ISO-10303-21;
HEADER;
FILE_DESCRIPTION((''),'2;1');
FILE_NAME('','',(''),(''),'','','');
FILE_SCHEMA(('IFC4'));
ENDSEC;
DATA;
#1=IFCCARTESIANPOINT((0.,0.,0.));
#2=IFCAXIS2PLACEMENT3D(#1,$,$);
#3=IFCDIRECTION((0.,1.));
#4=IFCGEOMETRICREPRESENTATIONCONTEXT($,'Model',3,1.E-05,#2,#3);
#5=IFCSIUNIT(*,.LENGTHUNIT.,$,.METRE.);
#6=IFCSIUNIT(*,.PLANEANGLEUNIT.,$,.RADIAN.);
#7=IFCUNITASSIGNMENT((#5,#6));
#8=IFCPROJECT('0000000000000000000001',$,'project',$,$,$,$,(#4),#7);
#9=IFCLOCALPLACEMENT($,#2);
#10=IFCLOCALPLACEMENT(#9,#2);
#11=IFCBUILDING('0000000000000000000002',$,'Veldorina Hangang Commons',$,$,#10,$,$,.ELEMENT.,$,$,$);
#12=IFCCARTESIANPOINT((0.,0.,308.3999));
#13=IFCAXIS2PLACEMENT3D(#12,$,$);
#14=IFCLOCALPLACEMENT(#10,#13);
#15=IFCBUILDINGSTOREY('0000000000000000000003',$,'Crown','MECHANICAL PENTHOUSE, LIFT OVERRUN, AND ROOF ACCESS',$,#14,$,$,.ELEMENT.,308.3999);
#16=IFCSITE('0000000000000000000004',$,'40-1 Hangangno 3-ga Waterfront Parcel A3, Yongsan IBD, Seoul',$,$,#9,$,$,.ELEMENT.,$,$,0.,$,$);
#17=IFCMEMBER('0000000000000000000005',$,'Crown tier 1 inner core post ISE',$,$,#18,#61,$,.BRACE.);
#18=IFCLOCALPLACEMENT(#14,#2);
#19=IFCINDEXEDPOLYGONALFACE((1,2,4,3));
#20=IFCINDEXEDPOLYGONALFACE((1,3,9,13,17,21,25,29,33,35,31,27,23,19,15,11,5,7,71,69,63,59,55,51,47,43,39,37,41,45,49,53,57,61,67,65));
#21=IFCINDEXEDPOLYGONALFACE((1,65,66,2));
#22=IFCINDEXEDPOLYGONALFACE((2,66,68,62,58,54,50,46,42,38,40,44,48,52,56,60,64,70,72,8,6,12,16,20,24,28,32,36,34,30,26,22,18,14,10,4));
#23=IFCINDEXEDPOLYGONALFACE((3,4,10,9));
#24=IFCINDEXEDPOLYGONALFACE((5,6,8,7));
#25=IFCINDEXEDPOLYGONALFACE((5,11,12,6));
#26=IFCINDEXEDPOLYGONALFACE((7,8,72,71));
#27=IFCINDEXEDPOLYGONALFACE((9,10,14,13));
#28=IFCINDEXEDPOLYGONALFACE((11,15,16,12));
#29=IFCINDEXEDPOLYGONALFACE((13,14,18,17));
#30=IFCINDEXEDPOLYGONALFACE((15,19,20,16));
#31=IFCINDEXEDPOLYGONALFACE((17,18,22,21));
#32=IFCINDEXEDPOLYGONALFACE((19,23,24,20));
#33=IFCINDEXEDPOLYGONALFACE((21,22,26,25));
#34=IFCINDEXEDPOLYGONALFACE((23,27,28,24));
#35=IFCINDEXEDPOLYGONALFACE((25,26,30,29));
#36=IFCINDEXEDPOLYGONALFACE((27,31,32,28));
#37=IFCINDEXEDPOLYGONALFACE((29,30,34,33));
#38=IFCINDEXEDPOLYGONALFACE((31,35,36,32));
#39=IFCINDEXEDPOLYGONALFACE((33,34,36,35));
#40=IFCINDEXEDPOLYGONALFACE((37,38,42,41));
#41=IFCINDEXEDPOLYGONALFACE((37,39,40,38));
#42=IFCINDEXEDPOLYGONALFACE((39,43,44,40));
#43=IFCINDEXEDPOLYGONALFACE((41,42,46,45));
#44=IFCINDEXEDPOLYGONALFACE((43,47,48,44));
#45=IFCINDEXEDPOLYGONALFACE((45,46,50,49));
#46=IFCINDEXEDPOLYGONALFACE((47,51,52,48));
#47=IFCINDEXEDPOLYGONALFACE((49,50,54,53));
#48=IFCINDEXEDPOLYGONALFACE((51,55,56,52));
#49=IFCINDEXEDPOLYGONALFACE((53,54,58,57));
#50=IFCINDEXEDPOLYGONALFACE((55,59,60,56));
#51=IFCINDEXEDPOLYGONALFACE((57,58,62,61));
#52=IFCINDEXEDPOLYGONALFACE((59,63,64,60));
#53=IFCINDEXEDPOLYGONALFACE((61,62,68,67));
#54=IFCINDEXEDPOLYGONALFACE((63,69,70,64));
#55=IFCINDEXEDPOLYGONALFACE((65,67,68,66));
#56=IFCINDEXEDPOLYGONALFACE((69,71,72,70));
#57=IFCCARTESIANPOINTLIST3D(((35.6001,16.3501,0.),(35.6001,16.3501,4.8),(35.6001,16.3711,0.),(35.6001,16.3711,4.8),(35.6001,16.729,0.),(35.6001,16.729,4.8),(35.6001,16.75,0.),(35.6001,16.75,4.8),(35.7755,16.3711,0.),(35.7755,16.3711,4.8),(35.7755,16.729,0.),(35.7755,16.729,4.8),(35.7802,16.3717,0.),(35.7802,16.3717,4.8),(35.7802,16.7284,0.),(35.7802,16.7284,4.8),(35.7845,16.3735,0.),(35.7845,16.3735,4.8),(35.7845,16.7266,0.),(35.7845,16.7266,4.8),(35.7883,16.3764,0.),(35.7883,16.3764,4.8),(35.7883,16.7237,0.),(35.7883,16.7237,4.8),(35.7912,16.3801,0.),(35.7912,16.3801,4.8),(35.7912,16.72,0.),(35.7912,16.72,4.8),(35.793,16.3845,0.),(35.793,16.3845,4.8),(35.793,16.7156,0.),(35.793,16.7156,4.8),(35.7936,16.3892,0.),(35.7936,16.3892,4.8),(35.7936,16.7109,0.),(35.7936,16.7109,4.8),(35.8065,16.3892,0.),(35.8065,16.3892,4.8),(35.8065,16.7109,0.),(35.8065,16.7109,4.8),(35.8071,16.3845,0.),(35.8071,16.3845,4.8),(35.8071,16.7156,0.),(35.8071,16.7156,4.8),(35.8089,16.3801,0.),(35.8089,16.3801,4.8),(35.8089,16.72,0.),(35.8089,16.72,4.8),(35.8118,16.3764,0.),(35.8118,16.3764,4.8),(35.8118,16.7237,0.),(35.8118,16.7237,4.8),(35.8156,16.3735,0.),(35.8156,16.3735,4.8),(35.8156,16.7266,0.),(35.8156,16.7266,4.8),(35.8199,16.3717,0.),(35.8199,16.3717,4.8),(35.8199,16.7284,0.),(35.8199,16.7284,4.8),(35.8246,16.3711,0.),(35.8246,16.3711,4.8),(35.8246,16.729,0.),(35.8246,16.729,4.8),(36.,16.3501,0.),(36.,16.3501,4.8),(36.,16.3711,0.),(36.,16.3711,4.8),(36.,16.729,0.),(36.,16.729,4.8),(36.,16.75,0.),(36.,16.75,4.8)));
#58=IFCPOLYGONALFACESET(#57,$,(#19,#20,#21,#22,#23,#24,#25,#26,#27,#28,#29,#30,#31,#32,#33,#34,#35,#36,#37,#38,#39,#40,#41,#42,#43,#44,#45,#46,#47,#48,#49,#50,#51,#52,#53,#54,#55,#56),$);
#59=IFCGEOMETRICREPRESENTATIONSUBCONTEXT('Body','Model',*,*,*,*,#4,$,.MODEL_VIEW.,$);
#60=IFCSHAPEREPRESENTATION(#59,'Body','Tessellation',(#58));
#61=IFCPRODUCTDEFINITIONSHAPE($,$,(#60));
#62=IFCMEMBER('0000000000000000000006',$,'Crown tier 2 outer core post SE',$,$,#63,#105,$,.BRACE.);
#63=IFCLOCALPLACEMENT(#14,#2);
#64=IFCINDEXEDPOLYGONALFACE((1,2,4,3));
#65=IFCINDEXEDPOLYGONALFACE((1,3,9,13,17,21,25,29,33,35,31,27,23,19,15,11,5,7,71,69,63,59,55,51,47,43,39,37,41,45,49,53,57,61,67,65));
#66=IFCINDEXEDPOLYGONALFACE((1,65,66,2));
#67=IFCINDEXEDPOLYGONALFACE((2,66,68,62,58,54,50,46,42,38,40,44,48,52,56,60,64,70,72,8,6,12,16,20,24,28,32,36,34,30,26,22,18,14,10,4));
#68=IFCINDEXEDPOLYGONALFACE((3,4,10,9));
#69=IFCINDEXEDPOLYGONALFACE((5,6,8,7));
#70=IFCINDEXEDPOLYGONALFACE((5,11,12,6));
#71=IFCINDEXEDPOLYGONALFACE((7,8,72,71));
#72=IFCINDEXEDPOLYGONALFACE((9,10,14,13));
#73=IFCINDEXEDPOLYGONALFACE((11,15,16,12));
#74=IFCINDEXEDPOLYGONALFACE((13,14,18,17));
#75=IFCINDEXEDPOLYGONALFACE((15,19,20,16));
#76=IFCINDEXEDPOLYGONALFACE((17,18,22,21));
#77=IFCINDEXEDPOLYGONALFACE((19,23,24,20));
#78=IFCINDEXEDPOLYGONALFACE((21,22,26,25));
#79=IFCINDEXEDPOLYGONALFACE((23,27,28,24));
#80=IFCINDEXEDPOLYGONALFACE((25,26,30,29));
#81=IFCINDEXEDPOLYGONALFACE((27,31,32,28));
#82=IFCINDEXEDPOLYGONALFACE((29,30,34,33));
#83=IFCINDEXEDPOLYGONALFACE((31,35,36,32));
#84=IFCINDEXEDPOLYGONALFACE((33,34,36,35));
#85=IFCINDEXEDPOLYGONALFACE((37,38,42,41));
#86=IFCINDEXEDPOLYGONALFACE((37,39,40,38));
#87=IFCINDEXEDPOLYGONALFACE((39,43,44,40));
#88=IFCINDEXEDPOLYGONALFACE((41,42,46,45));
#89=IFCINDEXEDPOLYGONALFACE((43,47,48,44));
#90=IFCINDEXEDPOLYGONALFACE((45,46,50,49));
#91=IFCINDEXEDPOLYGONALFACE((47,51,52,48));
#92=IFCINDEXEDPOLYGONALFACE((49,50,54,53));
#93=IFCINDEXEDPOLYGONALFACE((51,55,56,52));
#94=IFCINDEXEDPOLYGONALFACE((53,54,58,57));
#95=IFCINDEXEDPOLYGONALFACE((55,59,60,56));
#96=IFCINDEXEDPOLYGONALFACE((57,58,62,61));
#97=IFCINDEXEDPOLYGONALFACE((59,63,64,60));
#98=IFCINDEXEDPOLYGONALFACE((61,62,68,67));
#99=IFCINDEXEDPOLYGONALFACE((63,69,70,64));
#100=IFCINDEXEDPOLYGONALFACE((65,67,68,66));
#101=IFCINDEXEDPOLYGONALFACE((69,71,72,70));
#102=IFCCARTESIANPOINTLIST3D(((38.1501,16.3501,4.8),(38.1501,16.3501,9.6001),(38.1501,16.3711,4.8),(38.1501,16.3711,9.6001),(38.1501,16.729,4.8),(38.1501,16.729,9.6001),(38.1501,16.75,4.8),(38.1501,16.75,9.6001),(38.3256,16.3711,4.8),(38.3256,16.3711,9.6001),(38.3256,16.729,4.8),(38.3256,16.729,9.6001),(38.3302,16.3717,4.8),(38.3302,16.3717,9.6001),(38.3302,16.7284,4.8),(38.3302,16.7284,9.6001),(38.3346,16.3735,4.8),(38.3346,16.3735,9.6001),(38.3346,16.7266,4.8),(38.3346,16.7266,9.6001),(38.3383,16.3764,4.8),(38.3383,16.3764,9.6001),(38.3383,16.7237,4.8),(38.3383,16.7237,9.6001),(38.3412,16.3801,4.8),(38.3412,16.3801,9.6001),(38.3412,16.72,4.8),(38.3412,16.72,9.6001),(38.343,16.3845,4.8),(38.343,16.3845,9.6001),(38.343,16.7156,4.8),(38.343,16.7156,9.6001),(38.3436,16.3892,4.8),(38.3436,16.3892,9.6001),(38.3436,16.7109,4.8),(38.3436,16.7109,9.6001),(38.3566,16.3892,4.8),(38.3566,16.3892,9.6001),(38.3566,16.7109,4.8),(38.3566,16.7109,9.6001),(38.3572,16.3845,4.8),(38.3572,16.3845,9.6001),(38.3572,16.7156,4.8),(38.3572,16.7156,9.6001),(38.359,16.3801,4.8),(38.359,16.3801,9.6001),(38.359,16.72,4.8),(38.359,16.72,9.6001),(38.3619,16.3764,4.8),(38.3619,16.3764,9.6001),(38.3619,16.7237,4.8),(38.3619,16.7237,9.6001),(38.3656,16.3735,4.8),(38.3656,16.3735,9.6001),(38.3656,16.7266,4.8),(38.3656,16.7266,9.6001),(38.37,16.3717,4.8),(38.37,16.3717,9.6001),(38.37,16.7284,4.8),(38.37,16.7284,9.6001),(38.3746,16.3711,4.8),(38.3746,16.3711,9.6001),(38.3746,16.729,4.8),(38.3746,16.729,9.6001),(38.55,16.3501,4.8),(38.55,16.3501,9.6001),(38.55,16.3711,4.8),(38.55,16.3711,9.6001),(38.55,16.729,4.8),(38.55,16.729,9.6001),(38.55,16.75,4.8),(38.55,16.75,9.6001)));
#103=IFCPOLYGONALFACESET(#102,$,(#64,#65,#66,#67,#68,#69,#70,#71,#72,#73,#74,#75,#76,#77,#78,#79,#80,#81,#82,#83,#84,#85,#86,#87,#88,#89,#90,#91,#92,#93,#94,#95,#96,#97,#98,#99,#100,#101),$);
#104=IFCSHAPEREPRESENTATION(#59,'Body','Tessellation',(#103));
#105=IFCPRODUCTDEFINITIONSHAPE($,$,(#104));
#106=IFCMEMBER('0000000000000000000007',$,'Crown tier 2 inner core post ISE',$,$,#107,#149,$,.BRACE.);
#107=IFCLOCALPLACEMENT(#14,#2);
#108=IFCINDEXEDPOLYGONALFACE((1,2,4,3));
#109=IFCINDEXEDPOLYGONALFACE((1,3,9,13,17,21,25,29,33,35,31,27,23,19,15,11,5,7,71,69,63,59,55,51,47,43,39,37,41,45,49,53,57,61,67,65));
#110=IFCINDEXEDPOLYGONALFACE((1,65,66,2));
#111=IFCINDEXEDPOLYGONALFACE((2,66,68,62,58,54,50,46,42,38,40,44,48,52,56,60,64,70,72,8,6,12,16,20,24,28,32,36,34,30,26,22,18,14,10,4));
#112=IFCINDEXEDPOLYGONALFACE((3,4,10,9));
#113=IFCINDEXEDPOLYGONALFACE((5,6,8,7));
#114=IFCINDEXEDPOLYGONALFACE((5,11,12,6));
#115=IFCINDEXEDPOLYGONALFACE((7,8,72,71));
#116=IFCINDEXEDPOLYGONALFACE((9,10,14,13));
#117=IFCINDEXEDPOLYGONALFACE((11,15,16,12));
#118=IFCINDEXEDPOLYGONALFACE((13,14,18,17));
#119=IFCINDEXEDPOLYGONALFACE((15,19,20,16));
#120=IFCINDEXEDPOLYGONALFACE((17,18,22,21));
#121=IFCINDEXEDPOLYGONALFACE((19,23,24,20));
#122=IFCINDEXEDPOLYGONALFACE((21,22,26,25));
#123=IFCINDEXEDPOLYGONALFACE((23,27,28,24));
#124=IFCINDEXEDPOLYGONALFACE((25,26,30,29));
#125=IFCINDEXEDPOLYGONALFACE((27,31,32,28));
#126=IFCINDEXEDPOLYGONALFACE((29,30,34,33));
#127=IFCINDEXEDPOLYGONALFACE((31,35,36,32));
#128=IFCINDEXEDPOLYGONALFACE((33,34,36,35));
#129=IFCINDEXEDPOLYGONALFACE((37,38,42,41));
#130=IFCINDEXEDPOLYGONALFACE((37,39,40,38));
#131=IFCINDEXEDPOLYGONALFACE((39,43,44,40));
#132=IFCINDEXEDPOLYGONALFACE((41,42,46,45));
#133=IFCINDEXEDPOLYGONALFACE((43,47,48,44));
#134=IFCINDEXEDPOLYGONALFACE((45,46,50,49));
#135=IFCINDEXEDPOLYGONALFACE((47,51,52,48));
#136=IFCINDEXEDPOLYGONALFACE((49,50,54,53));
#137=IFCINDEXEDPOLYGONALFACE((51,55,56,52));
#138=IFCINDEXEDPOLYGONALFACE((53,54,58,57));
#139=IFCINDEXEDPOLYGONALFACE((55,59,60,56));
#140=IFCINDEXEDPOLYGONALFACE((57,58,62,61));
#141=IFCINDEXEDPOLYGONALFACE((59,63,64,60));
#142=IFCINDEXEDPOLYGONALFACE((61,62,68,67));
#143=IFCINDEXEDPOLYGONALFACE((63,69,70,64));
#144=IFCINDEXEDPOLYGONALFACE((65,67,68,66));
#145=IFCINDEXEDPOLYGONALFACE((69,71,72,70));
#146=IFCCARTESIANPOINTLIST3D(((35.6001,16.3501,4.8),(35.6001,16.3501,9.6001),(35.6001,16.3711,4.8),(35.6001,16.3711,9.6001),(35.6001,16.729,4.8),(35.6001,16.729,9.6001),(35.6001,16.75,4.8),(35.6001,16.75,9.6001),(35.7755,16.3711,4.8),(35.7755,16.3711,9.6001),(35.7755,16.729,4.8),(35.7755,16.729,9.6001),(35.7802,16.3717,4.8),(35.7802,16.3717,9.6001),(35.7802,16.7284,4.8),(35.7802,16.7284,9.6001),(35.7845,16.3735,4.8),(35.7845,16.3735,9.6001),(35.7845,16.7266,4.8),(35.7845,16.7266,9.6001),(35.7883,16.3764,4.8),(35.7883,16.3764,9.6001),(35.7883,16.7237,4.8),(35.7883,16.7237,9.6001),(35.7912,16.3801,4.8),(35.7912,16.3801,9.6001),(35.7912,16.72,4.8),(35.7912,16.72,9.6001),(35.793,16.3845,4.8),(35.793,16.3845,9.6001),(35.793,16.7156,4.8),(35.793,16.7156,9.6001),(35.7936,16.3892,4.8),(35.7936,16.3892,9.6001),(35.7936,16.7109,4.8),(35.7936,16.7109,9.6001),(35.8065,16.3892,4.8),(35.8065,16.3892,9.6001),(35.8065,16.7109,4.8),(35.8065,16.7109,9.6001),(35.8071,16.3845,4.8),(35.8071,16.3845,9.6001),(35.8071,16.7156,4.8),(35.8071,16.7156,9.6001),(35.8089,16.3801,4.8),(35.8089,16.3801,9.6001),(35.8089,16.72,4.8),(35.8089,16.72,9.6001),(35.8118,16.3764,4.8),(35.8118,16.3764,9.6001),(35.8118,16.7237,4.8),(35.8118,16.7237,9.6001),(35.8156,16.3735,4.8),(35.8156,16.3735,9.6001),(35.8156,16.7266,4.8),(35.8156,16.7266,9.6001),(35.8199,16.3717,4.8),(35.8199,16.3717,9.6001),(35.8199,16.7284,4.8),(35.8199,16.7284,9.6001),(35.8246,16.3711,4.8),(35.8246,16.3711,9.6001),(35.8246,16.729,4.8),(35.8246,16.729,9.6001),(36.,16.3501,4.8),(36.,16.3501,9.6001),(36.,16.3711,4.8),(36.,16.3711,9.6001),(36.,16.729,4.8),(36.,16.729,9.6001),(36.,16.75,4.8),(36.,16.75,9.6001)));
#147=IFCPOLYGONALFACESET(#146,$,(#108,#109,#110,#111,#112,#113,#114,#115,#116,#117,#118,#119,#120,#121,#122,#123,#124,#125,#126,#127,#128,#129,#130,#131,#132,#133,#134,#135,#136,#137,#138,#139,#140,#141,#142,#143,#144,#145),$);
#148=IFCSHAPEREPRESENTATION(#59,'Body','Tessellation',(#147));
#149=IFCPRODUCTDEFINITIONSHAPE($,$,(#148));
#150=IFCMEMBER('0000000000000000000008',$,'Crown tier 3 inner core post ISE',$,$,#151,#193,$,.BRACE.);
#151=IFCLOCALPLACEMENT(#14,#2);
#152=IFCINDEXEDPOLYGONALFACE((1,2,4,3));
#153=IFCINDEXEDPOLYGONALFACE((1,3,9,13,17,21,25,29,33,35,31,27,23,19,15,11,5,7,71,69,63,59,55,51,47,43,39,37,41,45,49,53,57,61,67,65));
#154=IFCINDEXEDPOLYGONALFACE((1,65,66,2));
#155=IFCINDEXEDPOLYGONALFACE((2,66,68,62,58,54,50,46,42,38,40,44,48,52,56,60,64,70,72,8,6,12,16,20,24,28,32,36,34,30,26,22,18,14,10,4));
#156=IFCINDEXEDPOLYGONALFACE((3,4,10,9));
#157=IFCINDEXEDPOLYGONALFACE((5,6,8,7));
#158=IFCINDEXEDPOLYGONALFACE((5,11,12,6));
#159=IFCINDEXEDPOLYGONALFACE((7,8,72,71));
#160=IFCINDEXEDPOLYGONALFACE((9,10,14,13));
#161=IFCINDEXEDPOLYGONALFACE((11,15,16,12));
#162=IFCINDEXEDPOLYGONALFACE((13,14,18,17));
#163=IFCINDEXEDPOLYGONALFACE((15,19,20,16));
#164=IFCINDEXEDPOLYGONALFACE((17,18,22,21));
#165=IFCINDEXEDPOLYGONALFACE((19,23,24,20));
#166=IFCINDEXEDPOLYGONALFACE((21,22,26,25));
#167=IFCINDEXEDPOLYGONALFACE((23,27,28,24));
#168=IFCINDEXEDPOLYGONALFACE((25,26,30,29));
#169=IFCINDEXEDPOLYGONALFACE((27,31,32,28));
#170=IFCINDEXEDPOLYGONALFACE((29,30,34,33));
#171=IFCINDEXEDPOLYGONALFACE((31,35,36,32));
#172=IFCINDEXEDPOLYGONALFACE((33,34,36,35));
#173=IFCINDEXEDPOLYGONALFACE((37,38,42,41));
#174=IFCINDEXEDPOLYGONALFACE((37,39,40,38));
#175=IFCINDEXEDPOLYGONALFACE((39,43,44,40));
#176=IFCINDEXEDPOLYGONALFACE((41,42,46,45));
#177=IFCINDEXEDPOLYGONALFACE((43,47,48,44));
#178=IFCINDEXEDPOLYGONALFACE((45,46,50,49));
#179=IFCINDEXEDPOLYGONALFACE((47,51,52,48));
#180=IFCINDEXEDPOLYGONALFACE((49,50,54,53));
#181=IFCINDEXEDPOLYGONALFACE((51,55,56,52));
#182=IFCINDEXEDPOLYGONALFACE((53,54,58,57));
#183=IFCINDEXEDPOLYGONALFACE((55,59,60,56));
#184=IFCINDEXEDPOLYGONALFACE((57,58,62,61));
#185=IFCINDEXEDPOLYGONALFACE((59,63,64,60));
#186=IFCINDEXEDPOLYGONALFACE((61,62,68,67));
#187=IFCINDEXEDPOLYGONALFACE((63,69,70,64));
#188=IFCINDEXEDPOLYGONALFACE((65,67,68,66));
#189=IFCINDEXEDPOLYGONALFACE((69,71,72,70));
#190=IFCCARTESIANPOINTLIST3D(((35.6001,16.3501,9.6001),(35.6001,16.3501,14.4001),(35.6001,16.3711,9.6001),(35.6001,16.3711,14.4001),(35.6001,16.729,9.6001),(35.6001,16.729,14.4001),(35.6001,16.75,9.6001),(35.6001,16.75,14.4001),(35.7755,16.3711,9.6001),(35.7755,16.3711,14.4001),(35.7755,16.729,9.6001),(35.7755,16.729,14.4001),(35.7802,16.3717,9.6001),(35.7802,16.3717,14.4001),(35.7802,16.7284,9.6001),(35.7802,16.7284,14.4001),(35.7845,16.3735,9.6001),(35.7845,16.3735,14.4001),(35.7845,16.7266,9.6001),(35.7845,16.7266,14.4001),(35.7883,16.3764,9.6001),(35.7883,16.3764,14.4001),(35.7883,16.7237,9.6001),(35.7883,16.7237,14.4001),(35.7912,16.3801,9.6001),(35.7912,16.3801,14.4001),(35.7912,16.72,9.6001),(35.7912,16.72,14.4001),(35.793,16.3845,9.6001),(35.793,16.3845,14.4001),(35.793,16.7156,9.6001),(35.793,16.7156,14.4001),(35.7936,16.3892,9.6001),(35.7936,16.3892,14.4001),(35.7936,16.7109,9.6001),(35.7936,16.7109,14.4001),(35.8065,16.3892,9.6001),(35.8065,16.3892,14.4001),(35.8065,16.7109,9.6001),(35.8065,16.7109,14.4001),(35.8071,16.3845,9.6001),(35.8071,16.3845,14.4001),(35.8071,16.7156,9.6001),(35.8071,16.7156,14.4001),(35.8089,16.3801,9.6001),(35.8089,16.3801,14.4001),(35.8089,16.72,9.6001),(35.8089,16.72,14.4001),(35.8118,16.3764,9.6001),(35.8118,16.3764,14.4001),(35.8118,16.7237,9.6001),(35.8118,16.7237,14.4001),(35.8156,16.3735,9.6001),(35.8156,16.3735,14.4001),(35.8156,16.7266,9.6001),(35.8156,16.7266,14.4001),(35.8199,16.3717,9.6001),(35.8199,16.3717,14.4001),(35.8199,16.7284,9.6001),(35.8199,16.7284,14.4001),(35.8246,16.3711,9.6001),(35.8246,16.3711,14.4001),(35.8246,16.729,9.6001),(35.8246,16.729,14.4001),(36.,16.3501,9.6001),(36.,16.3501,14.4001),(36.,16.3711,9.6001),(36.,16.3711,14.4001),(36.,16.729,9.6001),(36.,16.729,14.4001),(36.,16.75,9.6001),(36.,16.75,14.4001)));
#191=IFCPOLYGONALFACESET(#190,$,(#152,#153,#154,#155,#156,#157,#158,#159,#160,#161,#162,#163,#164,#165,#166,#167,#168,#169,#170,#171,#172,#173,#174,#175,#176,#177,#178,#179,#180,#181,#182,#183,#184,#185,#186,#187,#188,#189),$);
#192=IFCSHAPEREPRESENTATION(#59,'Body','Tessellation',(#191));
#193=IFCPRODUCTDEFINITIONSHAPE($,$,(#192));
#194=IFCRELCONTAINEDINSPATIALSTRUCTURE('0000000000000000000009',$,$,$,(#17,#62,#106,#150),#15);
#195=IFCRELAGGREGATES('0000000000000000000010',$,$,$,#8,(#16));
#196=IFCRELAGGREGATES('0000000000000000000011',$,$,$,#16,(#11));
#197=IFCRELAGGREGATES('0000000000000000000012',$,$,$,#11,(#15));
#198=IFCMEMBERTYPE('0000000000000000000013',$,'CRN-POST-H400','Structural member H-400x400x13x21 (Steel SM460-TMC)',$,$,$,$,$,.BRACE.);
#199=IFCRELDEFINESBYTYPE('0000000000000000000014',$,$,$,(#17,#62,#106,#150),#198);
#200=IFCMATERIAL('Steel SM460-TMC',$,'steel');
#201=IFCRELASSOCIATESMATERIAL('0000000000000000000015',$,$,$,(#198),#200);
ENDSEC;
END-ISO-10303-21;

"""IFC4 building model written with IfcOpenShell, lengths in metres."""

from ifc_helpers import new_model, si_unit, direction, frame, origin, origin_2d, place, context, subcontext, project, spatial, i_section, extrude, material, material_profile, profile_set, type_object, element, save


model = new_model("IFC4")

# Units and contexts
model_context = context("Model", 3, precision=1e-05, world=origin(), true_north=direction((0.0, 1.0)))
body_context = subcontext(model_context, "Body", "Model", "MODEL_VIEW")
ifc_project = project(units=[si_unit("LENGTHUNIT", "METRE"), si_unit("PLANEANGLEUNIT", "RADIAN")], contexts=[model_context])

# Site, building, storey
site_placement = place(None, origin())
site = spatial("IfcSite", under=ifc_project, at=site_placement, Name="40-1 Hangangno 3-ga Waterfront Parcel A3, Yongsan IBD, Seoul", CompositionType="ELEMENT", RefElevation=0.0)
building_placement = place(site_placement, origin())
building = spatial("IfcBuilding", under=site, at=building_placement, Name="Veldorina Hangang Commons", CompositionType="ELEMENT")
storey_placement = place(building_placement, frame((0.0, 0.0, 308.3999)))
storey = spatial("IfcBuildingStorey", under=building, at=storey_placement, Name="Crown", Description="MECHANICAL PENTHOUSE, LIFT OVERRUN, AND ROOF ACCESS", CompositionType="ELEMENT", Elevation=308.3999)

# Shared definitions
ifc_material_1 = material(Name="Steel SM460-TMC", Category="steel")

# Members
ifc_material_profile_1 = material_profile(ifc_material_1, i_section(OverallWidth=0.3999, OverallDepth=0.3999, WebThickness=0.0129, FlangeThickness=0.021, FilletRadius=0.0181, at=origin_2d()), Name="H-400x400x13x21")
ifc_profile_set_1 = profile_set([ifc_material_profile_1], Name="Steel SM460-TMC")
member_type_1 = type_object("IfcMemberType", Name="CRN-POST-H400", Description="Structural member H-400x400x13x21 (Steel SM460-TMC)", PredefinedType="BRACE", material=ifc_profile_set_1)
for number, where, z_axis, x_axis, name in (
    (1, (35.8, 16.55, 0.0), (0.0, 0.0, 1.0), (1.0, 0.0, 0.0), "Crown tier 1 inner core post ISE"),
    (2, (38.3501, 16.55, 4.8), (0.0, 0.0, 1.0), (1.0, 0.0, 0.0), "Crown tier 2 outer core post SE"),
    (3, (35.8, 16.55, 4.8), (0.0, 0.0, 1.0), (1.0, 0.0, 0.0), "Crown tier 2 inner core post ISE"),
    (4, (35.8, 16.55, 9.6001), (0.0, 0.0, 1.0), (1.0, 0.0, 0.0), "Crown tier 3 inner core post ISE"),
):
    element("IfcMember", number, at=place(storey_placement, frame(where, z_axis=z_axis, x_axis=x_axis)), inside=storey, type_object=member_type_1, Name=name, PredefinedType="BRACE", context=body_context, shape_type="SweptSolid", body=[
        extrude(i_section(OverallWidth=0.3999, OverallDepth=0.3999, WebThickness=0.0129, FlangeThickness=0.021, FilletRadius=0.0181, at=origin_2d()), origin(), (0.0, 0.0, 1.0), 4.8),
    ])

save(model, "model.ifc")
